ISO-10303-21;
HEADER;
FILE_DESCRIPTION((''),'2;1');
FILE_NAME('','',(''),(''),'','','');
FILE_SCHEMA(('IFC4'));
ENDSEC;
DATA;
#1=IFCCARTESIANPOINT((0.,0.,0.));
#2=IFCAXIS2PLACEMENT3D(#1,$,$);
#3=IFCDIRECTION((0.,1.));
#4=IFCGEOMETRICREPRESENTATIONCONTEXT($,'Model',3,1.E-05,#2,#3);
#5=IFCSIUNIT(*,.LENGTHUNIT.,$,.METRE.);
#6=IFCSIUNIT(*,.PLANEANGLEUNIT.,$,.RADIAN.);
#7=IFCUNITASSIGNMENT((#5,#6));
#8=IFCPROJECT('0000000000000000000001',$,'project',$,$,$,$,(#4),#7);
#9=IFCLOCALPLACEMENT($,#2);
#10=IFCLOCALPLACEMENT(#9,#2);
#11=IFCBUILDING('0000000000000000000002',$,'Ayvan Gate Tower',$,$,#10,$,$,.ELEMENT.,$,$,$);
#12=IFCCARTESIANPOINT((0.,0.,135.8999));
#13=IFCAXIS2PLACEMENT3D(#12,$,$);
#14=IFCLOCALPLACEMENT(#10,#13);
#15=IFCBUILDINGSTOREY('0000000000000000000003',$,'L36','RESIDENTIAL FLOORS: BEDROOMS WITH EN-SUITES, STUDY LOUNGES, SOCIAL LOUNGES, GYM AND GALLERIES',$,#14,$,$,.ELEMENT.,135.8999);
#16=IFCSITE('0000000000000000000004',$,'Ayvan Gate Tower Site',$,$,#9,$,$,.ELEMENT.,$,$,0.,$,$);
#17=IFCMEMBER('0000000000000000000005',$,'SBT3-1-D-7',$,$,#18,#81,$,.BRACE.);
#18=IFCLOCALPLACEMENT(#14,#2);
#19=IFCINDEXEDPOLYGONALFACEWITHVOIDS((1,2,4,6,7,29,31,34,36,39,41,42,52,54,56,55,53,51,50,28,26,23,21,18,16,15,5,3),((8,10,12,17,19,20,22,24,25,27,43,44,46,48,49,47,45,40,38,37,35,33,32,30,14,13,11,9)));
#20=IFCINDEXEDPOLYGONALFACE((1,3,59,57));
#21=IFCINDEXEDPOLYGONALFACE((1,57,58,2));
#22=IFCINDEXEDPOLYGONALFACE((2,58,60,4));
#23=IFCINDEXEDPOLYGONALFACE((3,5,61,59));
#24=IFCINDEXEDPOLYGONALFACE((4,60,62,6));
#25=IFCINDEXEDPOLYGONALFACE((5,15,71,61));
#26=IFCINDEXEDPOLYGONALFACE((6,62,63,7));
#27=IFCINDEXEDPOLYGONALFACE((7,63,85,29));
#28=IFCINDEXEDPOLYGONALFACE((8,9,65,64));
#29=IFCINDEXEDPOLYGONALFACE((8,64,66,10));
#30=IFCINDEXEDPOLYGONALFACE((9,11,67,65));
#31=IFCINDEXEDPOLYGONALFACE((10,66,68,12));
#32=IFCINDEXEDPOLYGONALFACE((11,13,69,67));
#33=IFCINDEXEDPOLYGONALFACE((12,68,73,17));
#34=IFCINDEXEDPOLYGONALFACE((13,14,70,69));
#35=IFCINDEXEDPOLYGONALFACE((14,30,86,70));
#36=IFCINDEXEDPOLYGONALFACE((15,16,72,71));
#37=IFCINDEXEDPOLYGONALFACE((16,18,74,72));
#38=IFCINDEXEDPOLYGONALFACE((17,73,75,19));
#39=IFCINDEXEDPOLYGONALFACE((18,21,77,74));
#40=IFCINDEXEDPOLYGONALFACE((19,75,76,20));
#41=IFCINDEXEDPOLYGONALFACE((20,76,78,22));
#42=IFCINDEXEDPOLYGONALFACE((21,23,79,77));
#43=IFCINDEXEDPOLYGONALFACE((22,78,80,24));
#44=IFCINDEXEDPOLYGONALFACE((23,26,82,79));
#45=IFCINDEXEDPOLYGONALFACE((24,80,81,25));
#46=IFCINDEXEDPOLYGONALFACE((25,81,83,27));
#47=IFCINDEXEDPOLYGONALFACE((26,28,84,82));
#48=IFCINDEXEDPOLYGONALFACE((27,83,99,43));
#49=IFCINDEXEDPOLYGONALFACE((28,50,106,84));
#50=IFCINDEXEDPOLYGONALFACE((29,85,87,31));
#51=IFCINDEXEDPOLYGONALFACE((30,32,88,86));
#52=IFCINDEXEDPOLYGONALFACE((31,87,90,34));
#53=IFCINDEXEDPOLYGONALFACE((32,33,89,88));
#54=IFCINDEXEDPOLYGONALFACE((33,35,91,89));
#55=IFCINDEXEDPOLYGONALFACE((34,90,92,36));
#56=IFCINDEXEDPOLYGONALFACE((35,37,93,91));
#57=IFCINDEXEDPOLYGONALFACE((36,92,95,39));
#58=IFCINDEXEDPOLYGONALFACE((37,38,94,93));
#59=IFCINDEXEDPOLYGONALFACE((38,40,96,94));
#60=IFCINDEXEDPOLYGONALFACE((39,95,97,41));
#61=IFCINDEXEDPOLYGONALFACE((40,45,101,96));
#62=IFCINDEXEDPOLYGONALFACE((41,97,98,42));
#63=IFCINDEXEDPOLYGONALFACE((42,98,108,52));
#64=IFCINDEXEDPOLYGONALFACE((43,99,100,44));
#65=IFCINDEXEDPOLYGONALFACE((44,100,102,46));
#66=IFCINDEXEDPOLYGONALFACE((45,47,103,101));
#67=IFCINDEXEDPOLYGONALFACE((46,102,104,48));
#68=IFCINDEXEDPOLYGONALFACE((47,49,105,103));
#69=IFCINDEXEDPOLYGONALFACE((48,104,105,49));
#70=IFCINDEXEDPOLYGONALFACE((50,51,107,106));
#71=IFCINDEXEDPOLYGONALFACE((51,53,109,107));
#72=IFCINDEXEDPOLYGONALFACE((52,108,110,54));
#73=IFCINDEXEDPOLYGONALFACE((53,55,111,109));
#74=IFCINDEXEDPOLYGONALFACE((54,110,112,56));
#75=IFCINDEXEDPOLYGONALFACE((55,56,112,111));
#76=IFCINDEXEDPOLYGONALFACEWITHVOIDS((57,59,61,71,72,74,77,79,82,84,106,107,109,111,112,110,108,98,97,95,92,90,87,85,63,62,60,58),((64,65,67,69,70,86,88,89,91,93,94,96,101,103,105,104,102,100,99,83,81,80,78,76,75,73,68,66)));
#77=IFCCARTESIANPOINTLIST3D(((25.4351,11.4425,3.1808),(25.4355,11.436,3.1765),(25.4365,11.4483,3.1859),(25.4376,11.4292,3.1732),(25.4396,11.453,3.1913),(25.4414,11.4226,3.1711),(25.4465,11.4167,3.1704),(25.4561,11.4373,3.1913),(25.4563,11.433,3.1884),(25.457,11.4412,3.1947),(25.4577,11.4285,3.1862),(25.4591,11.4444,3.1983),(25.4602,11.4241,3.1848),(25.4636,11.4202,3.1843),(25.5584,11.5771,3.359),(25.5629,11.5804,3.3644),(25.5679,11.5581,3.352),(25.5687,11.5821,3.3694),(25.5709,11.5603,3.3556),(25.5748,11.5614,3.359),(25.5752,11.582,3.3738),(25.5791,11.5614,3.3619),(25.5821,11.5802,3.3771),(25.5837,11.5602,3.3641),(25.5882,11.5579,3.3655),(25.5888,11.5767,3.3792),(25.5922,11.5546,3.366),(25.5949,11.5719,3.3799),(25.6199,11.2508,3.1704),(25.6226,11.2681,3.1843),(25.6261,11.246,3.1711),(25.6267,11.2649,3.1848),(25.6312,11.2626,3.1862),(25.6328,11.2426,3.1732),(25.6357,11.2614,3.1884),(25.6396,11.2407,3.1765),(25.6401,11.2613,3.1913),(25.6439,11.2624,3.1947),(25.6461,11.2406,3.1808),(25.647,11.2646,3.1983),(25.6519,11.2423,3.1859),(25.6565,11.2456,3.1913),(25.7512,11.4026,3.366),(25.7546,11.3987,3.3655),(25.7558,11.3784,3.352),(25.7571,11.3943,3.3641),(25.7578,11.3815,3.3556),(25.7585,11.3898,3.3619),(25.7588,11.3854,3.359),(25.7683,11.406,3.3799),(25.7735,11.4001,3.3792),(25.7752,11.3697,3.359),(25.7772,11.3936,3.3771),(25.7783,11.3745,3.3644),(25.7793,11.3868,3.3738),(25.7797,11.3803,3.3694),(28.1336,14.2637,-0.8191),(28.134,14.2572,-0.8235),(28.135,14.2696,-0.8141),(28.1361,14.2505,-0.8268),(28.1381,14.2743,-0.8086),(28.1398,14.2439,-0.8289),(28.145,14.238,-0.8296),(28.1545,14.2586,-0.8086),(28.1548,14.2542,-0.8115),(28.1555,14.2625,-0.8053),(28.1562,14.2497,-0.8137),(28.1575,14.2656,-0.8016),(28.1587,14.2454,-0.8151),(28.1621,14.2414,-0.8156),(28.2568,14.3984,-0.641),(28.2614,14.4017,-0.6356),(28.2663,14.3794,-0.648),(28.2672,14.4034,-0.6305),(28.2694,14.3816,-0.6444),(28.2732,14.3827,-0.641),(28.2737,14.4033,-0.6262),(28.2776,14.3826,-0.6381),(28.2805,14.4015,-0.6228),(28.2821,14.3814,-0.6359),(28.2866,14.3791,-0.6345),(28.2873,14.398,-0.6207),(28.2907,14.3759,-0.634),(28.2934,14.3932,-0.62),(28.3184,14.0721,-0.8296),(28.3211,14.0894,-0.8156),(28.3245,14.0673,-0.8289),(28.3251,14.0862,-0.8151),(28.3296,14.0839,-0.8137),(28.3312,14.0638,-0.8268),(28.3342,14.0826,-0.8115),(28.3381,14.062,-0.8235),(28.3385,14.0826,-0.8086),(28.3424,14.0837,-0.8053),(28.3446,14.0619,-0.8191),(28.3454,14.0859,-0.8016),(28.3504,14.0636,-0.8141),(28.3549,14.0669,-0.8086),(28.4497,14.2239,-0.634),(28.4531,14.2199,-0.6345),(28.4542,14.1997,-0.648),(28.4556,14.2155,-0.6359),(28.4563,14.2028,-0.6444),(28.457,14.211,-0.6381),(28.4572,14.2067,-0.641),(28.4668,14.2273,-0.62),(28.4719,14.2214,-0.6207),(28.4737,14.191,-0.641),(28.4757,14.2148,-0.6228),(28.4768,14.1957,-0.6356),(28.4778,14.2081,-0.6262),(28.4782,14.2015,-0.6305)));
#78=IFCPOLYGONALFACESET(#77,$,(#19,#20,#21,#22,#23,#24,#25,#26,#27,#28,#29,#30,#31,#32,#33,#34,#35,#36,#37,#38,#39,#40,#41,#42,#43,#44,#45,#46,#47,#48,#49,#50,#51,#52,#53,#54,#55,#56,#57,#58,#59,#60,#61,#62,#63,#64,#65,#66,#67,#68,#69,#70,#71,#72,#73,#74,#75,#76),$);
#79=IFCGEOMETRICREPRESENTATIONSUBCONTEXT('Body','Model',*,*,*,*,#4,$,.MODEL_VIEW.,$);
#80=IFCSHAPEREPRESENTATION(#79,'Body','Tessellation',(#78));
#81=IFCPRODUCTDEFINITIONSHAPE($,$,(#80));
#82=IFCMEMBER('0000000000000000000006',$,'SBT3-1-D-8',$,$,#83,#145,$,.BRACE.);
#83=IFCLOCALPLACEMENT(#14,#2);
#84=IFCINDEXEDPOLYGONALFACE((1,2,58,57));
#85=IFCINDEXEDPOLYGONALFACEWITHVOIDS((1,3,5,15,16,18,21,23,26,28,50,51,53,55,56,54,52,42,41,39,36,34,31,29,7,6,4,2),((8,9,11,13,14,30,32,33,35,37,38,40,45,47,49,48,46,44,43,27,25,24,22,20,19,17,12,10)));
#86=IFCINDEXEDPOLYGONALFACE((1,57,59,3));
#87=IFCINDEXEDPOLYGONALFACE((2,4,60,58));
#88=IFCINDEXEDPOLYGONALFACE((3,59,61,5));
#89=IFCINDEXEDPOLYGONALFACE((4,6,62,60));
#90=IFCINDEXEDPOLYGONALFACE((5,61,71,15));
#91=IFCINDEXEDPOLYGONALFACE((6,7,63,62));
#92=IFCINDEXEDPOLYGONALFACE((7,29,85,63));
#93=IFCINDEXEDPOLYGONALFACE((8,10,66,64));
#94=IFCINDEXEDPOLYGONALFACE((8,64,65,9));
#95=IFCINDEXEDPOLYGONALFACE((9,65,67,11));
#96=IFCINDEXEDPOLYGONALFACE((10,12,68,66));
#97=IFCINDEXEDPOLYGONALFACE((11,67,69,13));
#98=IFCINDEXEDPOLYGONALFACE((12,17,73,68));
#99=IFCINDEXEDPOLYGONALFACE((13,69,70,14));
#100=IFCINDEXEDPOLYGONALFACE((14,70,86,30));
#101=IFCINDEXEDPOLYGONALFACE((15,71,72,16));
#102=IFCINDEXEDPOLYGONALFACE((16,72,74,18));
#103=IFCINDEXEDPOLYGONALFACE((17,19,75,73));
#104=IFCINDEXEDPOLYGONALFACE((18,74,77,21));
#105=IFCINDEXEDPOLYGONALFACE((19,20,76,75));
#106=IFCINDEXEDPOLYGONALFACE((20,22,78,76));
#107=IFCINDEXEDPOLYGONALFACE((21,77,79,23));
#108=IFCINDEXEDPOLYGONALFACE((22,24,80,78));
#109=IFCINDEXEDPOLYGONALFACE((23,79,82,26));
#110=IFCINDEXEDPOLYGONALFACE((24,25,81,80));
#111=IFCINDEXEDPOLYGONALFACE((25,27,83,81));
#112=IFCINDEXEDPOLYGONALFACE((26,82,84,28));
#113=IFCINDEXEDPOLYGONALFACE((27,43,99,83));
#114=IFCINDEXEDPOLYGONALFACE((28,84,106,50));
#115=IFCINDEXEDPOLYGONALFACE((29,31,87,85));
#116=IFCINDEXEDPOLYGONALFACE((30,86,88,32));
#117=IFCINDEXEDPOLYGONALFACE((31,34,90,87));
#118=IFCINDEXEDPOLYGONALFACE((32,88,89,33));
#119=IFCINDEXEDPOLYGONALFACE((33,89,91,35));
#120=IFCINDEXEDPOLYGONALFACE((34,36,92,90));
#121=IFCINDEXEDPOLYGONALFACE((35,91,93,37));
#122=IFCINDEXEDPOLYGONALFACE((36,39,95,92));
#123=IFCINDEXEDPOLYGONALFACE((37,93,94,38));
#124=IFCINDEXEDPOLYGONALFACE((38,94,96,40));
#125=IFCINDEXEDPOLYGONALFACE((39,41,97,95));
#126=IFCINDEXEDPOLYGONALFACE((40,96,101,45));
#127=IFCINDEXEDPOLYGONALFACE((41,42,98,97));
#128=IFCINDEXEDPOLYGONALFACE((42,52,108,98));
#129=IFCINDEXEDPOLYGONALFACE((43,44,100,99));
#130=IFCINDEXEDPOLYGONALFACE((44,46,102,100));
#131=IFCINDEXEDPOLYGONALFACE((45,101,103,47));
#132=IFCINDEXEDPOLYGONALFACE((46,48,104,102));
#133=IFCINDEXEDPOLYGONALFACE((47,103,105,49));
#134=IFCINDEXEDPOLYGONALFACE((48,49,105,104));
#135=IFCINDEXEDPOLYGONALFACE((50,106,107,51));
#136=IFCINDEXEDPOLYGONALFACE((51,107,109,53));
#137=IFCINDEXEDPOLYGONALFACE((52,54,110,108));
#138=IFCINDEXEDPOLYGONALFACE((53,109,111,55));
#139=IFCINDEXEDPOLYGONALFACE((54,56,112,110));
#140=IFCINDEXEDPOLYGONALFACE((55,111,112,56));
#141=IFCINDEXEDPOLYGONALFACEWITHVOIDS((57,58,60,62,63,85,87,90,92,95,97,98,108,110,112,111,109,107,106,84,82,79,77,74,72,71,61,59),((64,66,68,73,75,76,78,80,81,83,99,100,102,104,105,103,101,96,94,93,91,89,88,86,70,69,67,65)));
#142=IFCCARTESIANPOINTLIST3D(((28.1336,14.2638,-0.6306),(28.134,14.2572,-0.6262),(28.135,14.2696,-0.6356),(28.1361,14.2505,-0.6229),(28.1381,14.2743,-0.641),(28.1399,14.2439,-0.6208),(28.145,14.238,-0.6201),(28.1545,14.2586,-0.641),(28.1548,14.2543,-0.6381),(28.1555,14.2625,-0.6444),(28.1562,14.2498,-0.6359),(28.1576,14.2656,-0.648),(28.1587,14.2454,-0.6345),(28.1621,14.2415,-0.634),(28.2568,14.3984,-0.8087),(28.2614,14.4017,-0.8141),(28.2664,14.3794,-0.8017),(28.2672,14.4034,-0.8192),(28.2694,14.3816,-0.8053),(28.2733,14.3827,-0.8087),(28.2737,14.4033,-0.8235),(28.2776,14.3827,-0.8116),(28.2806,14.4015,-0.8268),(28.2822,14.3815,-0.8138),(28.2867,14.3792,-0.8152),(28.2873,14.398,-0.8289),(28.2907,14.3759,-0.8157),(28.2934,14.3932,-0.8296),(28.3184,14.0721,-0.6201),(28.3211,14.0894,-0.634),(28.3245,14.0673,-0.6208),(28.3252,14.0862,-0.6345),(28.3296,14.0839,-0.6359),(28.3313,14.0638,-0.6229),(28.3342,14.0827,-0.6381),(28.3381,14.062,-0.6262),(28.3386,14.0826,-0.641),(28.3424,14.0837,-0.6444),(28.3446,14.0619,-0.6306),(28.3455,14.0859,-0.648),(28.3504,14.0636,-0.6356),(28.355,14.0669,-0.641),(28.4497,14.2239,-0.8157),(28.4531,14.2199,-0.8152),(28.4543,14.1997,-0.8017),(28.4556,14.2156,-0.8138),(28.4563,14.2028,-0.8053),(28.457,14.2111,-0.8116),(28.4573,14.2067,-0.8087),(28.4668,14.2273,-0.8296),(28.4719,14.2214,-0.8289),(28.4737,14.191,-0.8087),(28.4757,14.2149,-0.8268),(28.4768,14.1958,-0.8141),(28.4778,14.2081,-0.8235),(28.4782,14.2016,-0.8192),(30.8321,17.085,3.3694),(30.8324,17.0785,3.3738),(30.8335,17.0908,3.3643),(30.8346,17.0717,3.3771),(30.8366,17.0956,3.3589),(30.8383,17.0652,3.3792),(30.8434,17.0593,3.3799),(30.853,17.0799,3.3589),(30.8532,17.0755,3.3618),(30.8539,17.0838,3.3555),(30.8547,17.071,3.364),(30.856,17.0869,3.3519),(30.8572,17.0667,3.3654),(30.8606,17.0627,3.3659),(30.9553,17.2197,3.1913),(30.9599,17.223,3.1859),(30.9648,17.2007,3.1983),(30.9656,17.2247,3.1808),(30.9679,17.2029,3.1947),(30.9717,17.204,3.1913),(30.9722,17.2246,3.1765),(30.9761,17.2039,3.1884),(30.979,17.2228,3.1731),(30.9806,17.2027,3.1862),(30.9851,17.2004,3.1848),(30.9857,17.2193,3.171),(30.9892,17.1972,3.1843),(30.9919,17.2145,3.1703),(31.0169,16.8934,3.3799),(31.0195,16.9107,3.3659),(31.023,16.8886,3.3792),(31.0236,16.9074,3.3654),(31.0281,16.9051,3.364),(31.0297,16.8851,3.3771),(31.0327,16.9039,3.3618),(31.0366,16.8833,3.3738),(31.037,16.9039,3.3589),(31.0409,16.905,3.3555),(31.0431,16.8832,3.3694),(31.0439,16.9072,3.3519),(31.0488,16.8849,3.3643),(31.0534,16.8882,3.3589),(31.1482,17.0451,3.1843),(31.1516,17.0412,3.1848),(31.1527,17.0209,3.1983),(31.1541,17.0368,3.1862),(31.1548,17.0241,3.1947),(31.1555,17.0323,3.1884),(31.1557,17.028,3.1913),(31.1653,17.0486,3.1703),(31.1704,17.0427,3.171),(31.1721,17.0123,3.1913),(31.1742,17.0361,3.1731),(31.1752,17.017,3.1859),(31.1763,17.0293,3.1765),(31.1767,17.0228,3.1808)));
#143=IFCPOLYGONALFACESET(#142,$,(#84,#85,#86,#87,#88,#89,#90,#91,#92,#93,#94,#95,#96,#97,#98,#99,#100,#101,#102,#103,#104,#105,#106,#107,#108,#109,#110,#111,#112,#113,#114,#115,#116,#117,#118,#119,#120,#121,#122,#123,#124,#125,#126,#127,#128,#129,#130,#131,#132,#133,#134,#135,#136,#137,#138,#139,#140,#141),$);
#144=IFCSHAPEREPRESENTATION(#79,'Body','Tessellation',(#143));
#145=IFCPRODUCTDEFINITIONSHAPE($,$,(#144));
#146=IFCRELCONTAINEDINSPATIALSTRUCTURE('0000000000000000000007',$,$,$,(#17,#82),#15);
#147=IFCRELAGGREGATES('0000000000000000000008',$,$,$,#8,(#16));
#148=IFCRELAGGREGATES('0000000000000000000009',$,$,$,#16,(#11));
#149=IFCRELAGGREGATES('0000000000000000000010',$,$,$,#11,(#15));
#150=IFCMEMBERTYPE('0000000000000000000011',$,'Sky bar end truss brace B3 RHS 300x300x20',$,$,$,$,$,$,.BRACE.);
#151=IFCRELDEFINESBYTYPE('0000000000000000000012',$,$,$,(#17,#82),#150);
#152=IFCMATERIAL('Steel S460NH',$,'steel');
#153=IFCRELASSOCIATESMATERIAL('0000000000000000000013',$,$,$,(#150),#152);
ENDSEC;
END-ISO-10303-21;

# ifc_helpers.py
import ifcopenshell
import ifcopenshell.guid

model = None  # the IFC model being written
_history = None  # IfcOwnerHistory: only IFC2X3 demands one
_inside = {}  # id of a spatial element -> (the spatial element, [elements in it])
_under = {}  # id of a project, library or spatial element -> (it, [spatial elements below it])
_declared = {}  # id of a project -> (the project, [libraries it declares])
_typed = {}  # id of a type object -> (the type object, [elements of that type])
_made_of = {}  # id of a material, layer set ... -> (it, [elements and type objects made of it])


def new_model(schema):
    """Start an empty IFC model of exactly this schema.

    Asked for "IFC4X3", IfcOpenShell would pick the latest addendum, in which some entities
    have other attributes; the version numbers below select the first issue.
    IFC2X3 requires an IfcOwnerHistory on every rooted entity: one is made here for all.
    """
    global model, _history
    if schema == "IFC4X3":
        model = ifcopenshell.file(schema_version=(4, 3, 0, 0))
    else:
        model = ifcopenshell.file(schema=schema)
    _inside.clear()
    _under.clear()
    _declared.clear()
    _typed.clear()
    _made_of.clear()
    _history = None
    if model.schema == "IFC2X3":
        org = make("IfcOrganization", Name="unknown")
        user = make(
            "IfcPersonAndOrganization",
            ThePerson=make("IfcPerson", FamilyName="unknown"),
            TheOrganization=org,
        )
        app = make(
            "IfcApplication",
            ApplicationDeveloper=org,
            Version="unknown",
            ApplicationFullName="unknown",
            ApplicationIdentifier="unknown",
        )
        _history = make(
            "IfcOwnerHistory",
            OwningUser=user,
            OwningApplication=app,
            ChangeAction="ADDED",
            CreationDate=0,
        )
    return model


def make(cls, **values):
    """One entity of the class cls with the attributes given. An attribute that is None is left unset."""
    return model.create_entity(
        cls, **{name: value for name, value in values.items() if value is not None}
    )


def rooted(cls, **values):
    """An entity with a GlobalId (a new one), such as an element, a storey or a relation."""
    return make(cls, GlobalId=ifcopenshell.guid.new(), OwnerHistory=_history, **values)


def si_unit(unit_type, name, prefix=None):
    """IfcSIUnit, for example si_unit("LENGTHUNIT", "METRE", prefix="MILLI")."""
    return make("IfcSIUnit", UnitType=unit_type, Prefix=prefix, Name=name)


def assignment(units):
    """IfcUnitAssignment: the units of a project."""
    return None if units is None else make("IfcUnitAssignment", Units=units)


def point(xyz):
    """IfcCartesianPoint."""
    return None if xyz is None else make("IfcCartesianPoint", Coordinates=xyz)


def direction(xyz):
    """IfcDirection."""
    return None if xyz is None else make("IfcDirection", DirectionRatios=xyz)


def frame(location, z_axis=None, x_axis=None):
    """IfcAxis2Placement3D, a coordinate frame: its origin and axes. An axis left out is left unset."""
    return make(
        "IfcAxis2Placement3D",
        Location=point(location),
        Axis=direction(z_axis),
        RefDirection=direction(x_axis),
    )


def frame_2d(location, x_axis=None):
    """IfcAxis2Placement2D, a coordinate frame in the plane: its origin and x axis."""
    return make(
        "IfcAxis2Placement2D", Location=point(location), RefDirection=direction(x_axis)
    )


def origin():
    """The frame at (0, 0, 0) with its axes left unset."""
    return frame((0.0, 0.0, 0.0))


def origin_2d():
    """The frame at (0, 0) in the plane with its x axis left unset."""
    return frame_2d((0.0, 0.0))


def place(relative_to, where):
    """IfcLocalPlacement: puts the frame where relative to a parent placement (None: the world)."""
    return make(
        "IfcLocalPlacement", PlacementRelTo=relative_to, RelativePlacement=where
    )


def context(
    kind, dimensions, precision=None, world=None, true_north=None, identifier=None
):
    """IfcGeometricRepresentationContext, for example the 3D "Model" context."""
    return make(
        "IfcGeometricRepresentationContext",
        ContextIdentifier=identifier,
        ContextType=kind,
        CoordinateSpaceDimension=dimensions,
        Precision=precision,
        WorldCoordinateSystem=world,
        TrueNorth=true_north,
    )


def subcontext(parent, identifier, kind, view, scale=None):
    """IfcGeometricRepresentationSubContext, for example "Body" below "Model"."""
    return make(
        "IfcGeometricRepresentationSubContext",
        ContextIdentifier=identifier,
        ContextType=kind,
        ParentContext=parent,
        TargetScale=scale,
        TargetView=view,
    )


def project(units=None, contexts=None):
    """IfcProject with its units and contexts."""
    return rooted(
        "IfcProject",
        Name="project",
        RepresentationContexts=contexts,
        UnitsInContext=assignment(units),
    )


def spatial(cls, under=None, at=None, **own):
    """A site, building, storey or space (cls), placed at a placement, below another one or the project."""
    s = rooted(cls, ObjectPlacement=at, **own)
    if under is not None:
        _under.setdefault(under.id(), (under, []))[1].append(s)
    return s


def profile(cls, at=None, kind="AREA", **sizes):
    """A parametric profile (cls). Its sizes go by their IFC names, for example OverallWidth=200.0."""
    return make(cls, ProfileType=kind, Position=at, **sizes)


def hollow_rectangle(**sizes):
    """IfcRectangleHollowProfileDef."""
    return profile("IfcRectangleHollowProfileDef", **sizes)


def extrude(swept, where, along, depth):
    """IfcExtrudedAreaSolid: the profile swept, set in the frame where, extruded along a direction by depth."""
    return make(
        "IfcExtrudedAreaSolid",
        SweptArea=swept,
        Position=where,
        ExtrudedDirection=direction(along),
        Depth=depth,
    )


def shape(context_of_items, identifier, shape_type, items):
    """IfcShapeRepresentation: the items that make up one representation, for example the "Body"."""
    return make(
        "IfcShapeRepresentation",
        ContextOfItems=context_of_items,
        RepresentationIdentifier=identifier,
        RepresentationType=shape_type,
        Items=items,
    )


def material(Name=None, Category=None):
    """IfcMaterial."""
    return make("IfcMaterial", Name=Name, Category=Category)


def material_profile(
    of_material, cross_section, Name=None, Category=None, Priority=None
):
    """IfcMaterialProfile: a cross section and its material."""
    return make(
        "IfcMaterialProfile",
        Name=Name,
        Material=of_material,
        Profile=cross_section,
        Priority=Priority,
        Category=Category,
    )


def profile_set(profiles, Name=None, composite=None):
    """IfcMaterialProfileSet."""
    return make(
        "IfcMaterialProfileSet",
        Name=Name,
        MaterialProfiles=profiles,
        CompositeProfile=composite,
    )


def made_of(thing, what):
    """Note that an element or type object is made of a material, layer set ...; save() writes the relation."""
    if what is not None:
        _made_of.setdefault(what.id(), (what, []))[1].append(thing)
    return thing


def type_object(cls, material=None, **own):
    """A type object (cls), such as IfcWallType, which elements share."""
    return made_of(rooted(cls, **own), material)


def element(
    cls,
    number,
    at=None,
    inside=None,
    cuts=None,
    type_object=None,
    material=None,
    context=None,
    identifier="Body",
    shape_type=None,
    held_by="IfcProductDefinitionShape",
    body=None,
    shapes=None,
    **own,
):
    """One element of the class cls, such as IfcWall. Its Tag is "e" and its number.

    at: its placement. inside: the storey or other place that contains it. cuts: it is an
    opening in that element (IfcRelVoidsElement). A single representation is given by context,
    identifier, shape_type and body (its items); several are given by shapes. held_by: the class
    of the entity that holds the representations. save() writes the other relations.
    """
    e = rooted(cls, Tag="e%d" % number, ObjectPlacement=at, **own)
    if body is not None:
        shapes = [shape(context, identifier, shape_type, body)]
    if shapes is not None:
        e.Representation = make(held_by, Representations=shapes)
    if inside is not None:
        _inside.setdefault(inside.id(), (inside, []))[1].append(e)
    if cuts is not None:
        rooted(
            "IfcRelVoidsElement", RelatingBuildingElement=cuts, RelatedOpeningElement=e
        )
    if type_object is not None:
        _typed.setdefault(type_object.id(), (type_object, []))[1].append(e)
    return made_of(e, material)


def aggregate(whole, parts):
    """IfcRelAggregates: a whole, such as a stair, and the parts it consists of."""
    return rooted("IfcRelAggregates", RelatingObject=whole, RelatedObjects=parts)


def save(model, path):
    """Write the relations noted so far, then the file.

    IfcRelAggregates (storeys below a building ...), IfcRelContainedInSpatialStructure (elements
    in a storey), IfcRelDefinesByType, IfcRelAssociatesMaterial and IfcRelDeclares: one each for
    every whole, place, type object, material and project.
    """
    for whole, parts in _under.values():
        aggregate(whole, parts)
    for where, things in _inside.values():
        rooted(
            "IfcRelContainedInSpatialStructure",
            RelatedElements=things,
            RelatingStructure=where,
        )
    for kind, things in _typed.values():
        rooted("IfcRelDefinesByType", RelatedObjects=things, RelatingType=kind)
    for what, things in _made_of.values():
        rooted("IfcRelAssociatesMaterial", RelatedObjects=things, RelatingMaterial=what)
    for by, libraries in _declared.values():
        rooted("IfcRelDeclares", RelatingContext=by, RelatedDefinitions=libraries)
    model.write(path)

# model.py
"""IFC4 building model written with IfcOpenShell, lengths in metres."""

from ifc_helpers import new_model, si_unit, direction, frame, origin, origin_2d, place, context, subcontext, project, spatial, hollow_rectangle, extrude, material, material_profile, profile_set, type_object, element, save


model = new_model("IFC4")

# Units and contexts
model_context = context("Model", 3, precision=1e-05, world=origin(), true_north=direction((0.0, 1.0)))
body_context = subcontext(model_context, "Body", "Model", "MODEL_VIEW")
ifc_project = project(units=[si_unit("LENGTHUNIT", "METRE"), si_unit("PLANEANGLEUNIT", "RADIAN")], contexts=[model_context])

# Site, building, storey
site_placement = place(None, origin())
site = spatial("IfcSite", under=ifc_project, at=site_placement, Name="Ayvan Gate Tower Site", CompositionType="ELEMENT", RefElevation=0.0)
building_placement = place(site_placement, origin())
building = spatial("IfcBuilding", under=site, at=building_placement, Name="Ayvan Gate Tower", CompositionType="ELEMENT")
storey_placement = place(building_placement, frame((0.0, 0.0, 135.8999)))
storey = spatial("IfcBuildingStorey", under=building, at=storey_placement, Name="L36", Description="RESIDENTIAL FLOORS: BEDROOMS WITH EN-SUITES, STUDY LOUNGES, SOCIAL LOUNGES, GYM AND GALLERIES", CompositionType="ELEMENT", Elevation=135.8999)

# Members
ifc_material_1 = material(Name="Steel S460NH", Category="steel")
ifc_material_profile_1 = material_profile(ifc_material_1, hollow_rectangle(XDim=0.3, YDim=0.3, WallThickness=0.02, InnerFilletRadius=0.02, OuterFilletRadius=0.03, at=origin_2d()), Name="RHS 300x300x20")
ifc_profile_set_1 = profile_set([ifc_material_profile_1], Name="Steel S460NH")
member_type_1 = type_object("IfcMemberType", Name="Sky bar end truss brace B3 RHS 300x300x20", PredefinedType="BRACE", material=ifc_profile_set_1)
for number, where, z_axis, x_axis, name in (
    (1, (25.6074, 11.4114, 3.2751), (0.482786, 0.504756, -0.715639), (-0.72266, 0.691204, 0.0), "SBT3-1-D-7"),
    (2, (28.3059, 14.2327, -0.7249), (0.482786, 0.504756, 0.715639), (-0.72266, 0.691204, 0.0), "SBT3-1-D-8"),
):
    element("IfcMember", number, at=place(storey_placement, frame(where, z_axis=z_axis, x_axis=x_axis)), inside=storey, type_object=member_type_1, Name=name, PredefinedType="BRACE", context=body_context, shape_type="SweptSolid", body=[
        extrude(hollow_rectangle(XDim=0.3, YDim=0.3, WallThickness=0.02, InnerFilletRadius=0.02, OuterFilletRadius=0.03, at=origin_2d()), origin(), (0.0, 0.0, 1.0), 5.5894),
    ])

save(model, "model.ifc")
